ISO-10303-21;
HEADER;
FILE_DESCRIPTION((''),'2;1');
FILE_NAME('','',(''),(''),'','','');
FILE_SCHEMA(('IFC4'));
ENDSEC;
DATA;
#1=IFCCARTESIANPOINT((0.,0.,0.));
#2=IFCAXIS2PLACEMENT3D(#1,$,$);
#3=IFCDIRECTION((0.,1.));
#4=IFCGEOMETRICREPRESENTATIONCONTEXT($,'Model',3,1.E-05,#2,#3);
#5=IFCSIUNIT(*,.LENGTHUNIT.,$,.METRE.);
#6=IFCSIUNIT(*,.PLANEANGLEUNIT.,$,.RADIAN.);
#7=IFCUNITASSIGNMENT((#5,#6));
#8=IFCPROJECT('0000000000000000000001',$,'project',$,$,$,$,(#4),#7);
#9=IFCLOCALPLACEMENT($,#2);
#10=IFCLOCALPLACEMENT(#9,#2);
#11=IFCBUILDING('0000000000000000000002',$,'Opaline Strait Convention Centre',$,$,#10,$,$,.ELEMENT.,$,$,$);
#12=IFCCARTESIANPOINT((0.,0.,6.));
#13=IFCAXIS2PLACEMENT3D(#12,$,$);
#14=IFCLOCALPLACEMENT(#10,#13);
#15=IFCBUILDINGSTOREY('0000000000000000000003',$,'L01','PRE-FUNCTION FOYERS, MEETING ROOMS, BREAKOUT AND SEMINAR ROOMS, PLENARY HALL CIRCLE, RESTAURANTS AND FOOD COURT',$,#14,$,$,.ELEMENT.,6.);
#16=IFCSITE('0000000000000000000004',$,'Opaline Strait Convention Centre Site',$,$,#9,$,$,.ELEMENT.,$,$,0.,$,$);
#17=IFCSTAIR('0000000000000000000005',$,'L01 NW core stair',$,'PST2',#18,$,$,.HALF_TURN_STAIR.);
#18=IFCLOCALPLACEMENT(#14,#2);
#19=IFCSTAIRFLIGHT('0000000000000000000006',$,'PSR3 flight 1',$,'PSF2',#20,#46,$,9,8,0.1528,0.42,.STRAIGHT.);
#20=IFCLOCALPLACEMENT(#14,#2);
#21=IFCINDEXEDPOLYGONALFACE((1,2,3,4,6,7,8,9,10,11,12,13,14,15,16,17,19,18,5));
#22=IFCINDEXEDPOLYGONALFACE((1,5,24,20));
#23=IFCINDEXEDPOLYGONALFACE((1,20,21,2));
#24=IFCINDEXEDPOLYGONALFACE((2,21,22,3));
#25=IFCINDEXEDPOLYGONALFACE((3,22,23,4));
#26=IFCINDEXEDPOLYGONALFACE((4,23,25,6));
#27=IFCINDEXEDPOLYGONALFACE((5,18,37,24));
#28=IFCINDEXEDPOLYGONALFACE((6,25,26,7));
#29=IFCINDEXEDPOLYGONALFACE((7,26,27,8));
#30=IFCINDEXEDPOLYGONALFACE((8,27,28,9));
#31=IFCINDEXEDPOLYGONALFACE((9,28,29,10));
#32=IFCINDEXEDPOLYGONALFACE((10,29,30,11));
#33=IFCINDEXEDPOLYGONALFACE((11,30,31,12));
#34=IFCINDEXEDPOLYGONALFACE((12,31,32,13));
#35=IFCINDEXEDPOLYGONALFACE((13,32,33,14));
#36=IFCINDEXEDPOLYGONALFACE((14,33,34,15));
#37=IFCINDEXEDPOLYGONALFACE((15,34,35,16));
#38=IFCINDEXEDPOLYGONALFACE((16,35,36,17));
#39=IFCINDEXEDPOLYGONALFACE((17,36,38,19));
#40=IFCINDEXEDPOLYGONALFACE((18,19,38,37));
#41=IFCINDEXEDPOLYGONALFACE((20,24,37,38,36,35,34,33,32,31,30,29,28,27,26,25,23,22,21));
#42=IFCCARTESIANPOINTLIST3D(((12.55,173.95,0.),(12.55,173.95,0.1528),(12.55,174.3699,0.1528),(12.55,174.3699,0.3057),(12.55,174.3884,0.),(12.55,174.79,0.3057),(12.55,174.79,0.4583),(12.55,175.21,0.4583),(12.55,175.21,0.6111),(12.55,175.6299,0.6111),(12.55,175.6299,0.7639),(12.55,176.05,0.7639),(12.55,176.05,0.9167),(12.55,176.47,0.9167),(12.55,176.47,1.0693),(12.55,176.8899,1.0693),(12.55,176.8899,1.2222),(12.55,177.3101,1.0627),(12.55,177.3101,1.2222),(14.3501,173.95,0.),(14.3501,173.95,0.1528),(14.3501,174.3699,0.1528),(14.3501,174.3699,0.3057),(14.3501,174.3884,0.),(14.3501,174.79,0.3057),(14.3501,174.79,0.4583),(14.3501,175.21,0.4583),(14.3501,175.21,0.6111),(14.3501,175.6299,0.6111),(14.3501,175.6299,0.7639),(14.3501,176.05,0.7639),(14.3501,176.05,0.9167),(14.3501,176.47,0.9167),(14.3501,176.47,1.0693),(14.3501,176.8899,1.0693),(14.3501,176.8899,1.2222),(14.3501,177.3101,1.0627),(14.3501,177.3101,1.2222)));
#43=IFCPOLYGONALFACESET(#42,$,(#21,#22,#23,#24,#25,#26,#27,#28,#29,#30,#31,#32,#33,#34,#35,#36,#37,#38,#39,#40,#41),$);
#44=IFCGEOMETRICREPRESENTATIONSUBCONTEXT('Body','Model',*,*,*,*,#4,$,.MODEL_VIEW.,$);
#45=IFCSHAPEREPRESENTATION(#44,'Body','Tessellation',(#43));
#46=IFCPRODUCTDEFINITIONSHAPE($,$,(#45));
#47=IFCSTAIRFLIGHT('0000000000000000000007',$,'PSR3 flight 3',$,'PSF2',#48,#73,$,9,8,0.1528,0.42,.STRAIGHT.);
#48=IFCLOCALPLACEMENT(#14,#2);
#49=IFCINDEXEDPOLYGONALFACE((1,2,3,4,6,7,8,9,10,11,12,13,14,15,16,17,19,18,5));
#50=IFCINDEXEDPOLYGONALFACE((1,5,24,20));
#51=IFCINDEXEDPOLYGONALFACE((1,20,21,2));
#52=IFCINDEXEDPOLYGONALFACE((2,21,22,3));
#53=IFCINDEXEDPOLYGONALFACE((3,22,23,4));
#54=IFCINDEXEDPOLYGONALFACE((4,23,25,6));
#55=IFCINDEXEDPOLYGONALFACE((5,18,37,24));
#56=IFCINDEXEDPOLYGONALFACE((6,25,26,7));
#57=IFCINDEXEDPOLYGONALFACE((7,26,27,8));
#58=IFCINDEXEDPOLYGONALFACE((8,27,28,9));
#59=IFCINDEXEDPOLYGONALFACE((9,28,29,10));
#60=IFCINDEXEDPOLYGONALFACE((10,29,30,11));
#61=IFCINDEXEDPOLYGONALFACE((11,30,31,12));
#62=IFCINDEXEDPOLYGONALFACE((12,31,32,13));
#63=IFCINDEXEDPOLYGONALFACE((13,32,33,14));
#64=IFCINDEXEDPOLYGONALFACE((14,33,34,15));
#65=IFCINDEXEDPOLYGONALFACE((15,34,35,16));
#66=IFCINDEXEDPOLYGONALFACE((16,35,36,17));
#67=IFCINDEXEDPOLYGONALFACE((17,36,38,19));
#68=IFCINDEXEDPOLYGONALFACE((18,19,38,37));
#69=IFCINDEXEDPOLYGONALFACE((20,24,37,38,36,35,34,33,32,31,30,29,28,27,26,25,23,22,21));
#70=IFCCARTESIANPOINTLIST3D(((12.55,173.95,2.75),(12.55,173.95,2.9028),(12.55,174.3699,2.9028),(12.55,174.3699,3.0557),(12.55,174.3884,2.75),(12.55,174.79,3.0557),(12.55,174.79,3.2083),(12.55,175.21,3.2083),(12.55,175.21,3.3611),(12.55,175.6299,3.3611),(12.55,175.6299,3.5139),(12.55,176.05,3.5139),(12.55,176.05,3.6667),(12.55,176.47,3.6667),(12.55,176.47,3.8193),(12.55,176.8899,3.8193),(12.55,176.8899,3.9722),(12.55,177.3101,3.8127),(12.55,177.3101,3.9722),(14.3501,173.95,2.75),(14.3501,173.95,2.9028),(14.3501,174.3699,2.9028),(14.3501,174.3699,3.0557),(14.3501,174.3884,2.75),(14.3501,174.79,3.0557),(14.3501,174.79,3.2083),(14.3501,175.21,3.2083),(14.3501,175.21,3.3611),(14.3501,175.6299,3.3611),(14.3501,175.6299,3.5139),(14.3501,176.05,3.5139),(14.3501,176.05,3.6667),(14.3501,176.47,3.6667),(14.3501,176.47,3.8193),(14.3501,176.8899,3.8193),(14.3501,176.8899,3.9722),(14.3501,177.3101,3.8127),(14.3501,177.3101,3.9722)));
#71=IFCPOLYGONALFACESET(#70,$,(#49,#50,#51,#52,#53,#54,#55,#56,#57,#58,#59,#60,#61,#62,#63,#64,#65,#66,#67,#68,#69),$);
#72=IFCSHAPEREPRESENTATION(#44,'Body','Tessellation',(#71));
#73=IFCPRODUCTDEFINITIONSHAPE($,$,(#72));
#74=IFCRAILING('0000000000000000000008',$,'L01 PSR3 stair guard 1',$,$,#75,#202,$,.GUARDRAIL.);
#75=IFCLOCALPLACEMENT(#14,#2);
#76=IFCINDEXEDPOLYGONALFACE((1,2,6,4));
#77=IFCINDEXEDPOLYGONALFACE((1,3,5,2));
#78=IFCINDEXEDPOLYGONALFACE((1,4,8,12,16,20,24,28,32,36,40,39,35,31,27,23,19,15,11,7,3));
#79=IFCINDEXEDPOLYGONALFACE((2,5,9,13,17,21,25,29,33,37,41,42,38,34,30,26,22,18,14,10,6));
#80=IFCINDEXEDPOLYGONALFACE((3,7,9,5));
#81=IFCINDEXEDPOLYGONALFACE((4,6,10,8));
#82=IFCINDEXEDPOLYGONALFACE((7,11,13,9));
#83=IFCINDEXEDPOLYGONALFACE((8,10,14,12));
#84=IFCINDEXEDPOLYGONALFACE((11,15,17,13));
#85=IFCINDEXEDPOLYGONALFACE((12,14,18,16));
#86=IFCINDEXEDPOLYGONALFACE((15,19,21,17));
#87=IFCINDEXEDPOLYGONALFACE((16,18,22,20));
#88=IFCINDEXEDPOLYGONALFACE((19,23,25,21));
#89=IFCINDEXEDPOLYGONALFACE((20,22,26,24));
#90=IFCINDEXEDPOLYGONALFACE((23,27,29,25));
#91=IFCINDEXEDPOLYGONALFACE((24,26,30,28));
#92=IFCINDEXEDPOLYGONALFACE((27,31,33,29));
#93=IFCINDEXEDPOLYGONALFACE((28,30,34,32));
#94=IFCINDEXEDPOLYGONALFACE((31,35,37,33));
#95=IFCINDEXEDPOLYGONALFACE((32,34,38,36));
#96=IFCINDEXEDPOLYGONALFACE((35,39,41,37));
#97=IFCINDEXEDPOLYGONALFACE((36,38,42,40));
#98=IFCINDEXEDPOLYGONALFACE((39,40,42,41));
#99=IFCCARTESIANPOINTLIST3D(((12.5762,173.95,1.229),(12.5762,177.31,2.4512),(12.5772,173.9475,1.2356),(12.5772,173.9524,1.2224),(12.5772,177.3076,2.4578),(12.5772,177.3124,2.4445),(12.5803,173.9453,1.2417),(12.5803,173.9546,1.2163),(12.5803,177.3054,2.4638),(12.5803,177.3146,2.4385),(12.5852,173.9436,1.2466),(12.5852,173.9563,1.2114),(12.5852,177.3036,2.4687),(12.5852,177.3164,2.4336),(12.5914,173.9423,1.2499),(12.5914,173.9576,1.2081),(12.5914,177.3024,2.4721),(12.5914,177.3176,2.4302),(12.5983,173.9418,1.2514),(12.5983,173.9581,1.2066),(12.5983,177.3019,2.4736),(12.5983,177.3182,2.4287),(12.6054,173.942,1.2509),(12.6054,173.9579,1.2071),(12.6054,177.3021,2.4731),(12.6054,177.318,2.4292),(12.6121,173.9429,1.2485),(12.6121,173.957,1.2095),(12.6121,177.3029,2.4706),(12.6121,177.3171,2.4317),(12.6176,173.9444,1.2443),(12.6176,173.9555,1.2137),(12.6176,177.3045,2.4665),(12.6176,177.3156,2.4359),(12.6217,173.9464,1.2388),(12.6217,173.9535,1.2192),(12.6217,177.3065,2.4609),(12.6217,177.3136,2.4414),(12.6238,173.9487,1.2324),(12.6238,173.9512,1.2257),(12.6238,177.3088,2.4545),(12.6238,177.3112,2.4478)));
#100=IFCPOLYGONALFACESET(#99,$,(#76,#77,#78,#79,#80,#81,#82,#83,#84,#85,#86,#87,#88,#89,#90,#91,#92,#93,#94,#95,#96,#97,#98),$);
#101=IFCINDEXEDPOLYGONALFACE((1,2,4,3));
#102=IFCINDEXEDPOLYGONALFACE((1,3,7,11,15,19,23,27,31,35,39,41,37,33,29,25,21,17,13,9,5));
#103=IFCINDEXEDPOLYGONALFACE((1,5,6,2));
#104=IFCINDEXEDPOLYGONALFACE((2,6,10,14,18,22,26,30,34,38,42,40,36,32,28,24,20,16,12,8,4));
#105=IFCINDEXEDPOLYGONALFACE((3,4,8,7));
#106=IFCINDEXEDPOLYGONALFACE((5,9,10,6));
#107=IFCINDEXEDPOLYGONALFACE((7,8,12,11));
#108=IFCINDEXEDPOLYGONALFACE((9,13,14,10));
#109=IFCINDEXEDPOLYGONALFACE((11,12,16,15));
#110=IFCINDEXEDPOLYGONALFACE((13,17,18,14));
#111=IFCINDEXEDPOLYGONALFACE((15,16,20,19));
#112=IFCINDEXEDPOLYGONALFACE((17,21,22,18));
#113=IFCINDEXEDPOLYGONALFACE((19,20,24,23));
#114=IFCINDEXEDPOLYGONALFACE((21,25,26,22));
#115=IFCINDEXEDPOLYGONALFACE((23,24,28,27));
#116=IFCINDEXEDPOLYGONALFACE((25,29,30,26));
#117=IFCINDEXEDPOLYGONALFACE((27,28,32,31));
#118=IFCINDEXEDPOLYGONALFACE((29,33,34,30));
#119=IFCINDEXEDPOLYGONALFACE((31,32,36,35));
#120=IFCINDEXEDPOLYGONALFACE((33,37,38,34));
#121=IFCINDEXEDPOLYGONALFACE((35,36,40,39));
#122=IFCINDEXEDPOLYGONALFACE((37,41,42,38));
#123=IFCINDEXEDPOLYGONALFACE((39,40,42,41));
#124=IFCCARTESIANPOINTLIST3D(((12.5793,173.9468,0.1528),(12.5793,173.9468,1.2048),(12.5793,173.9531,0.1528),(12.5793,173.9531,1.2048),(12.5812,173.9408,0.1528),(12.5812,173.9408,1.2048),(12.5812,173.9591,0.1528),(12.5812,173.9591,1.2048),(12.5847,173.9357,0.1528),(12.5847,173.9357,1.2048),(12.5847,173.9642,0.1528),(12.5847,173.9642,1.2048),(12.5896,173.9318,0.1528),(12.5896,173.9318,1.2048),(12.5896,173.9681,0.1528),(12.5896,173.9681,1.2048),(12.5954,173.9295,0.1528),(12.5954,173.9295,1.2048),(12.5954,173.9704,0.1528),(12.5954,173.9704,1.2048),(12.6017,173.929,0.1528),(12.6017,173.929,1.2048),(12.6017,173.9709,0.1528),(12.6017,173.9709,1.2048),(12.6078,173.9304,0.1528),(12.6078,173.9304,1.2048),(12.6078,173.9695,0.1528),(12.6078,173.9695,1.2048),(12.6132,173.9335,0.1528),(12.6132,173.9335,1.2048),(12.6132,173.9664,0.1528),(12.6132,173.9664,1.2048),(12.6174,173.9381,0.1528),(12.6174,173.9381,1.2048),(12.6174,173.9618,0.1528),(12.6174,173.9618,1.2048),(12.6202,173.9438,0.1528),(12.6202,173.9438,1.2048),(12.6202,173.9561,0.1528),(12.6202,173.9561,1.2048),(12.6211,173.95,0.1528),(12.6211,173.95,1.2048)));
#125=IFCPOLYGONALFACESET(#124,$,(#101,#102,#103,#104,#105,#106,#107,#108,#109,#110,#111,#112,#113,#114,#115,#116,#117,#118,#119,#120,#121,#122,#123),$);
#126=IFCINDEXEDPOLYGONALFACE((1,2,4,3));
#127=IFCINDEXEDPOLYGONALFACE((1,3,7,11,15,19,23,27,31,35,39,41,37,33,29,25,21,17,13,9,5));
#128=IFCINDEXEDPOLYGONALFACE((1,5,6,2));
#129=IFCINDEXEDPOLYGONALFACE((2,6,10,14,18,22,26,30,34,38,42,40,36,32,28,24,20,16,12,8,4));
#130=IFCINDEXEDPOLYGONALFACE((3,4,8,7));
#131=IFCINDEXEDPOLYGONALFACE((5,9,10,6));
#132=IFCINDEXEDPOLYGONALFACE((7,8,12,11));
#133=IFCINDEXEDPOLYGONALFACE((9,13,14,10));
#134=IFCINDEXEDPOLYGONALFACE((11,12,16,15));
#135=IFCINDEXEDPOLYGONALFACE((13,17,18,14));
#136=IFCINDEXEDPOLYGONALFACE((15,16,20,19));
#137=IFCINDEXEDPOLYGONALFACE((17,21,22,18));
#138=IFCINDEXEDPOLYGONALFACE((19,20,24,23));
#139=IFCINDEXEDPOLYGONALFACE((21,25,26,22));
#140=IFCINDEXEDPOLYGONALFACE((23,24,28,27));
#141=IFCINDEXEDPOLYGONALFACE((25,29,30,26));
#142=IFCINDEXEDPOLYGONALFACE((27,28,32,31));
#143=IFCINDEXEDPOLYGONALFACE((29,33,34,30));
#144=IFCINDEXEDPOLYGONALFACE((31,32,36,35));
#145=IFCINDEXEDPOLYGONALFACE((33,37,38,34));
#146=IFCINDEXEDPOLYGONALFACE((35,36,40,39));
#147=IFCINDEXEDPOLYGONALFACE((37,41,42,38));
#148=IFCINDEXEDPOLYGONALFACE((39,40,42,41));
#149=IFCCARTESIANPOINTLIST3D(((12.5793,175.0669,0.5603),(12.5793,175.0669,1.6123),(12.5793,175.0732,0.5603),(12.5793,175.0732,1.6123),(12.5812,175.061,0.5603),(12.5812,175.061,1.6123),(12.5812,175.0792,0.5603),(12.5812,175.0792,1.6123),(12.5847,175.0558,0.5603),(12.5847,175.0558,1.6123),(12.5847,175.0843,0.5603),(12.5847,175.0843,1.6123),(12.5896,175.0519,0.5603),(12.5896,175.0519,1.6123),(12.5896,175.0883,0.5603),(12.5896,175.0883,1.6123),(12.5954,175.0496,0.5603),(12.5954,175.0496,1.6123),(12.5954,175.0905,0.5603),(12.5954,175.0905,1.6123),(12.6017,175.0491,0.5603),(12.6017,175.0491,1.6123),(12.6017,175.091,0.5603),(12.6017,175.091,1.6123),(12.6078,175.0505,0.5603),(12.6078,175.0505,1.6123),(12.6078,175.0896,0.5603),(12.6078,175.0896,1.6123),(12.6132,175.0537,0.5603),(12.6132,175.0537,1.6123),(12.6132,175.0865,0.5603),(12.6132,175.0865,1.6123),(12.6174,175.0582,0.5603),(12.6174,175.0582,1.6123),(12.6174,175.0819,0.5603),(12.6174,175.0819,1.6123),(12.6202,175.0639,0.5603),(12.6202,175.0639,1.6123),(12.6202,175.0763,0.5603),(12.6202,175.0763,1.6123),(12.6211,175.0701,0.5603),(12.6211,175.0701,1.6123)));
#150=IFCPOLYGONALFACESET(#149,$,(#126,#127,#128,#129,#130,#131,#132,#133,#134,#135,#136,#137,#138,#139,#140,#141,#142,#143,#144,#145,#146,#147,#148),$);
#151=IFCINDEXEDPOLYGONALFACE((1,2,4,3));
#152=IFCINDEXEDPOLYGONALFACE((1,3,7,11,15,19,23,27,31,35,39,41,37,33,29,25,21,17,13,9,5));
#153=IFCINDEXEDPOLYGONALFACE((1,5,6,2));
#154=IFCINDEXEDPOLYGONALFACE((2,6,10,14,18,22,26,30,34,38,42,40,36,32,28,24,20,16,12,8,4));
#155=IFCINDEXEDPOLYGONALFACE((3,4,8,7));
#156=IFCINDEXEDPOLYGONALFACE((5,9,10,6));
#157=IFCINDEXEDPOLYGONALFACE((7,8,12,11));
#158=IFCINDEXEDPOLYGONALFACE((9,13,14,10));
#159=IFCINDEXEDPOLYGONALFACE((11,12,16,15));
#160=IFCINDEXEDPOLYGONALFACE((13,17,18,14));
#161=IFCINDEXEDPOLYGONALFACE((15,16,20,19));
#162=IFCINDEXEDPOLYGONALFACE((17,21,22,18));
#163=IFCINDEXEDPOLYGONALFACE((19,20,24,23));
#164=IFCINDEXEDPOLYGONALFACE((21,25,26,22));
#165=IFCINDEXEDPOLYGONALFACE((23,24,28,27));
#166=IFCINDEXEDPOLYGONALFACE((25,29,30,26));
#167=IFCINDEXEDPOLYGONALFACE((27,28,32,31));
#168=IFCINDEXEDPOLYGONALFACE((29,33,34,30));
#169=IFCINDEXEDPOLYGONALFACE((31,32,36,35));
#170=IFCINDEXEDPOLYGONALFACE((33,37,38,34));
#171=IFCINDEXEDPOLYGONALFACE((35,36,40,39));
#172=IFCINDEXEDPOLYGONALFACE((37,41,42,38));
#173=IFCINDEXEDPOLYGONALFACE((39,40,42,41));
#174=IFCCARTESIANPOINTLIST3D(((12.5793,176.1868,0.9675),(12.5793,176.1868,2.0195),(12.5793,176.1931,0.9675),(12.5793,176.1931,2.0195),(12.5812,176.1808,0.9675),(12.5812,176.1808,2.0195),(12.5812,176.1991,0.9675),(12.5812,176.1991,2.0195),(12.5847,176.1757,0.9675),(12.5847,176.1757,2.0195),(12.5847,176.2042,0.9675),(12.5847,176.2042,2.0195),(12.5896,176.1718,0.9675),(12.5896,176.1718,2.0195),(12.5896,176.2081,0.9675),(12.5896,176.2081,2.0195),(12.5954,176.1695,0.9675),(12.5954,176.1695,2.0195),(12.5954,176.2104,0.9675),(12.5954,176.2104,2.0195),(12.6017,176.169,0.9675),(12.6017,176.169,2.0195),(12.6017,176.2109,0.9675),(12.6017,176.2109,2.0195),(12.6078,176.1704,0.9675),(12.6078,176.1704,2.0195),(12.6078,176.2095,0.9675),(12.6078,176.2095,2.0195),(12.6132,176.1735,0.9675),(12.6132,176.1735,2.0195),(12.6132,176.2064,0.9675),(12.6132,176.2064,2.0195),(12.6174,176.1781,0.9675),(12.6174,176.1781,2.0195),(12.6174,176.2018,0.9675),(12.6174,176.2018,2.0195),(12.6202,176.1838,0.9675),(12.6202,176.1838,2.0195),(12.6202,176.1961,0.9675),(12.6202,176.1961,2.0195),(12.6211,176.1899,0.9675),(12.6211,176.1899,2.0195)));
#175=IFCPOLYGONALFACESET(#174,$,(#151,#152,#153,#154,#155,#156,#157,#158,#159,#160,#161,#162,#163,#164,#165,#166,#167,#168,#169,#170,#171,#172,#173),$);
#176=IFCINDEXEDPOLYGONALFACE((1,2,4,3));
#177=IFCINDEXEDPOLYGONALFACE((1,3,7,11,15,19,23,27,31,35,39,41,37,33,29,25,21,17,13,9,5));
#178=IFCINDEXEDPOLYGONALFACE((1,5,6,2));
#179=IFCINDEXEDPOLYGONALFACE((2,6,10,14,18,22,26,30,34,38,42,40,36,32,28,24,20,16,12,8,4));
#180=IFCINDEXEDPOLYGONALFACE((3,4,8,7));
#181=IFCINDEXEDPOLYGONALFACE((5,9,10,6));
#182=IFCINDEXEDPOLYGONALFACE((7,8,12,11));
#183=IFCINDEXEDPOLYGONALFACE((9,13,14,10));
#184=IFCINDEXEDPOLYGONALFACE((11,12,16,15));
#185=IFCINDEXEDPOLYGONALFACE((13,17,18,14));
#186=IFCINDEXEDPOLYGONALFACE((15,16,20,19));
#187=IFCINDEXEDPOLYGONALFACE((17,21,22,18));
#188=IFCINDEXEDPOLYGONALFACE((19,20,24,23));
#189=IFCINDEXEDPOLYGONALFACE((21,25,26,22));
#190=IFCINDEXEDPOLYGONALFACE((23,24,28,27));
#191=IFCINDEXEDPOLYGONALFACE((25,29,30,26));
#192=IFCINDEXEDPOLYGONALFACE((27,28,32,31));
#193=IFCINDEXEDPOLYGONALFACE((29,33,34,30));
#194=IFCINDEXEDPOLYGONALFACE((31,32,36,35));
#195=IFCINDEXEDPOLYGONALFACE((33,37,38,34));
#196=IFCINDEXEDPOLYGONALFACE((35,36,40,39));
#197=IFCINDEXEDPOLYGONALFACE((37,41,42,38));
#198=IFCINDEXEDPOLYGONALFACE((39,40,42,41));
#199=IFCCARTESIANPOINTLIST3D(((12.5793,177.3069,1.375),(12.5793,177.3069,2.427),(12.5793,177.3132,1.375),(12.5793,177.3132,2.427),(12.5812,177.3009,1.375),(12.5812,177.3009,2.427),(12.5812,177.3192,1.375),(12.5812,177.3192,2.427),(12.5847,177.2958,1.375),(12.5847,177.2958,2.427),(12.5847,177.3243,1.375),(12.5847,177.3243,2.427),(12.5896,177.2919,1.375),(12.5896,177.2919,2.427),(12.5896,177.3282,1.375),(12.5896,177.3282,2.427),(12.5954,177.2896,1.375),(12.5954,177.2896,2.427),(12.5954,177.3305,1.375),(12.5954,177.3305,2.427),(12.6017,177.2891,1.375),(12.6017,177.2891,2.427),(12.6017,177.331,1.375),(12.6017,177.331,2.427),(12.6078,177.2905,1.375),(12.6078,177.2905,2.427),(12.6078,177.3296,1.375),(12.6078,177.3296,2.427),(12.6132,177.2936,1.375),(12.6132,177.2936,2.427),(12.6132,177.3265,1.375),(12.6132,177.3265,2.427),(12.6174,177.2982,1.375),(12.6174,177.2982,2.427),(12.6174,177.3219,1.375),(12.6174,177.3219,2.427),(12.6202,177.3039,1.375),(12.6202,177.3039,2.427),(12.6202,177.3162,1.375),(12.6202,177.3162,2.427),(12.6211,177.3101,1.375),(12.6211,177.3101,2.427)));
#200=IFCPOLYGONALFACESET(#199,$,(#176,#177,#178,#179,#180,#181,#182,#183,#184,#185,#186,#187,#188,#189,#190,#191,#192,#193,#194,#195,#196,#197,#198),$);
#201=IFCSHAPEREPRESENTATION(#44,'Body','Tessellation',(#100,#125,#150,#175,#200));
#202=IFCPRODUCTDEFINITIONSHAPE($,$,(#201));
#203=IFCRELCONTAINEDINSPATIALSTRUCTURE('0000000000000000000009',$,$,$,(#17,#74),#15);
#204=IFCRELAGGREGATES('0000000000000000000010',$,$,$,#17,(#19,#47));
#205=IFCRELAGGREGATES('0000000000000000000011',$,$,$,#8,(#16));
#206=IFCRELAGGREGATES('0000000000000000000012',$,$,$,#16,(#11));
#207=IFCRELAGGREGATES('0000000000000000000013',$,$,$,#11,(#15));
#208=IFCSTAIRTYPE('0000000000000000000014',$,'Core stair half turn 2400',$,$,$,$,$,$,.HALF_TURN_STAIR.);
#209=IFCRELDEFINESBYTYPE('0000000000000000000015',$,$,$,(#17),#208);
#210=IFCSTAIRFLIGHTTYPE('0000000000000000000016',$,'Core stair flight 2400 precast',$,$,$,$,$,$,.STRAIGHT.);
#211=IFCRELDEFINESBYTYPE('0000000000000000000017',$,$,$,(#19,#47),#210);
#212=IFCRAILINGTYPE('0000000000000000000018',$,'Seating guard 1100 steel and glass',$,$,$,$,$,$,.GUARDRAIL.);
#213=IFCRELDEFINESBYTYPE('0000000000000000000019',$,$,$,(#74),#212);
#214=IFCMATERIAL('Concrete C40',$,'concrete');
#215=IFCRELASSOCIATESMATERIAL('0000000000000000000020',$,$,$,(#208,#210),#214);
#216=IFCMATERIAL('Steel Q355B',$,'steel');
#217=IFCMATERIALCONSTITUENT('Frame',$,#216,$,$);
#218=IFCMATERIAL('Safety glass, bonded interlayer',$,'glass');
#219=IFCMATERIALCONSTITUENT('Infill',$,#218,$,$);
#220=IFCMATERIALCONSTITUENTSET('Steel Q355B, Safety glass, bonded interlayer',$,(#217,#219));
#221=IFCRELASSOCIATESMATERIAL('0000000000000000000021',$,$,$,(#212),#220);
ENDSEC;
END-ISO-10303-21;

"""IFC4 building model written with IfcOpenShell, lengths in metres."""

from ifc_helpers import new_model, si_unit, direction, frame, origin, origin_2d, place, context, subcontext, project, spatial, polyline, circle, outline, extrude, material, constituent, constituent_set, type_object, element, aggregate, save


model = new_model("IFC4")

# Units and contexts
model_context = context("Model", 3, precision=1e-05, world=origin(), true_north=direction((0.0, 1.0)))
body_context = subcontext(model_context, "Body", "Model", "MODEL_VIEW")
ifc_project = project(units=[si_unit("LENGTHUNIT", "METRE"), si_unit("PLANEANGLEUNIT", "RADIAN")], contexts=[model_context])

# Site, building, storey
site_placement = place(None, origin())
site = spatial("IfcSite", under=ifc_project, at=site_placement, Name="Opaline Strait Convention Centre Site", CompositionType="ELEMENT", RefElevation=0.0)
building_placement = place(site_placement, origin())
building = spatial("IfcBuilding", under=site, at=building_placement, Name="Opaline Strait Convention Centre", CompositionType="ELEMENT")
storey_placement = place(building_placement, frame((0.0, 0.0, 6.0)))
storey = spatial("IfcBuildingStorey", under=building, at=storey_placement, Name="L01", Description="PRE-FUNCTION FOYERS, MEETING ROOMS, BREAKOUT AND SEMINAR ROOMS, PLENARY HALL CIRCLE, RESTAURANTS AND FOOD COURT", CompositionType="ELEMENT", Elevation=6.0)

# Shared definitions
ifc_material_1 = material(Name="Concrete C40", Category="concrete")

# Stair, stair flights
stair_type = type_object("IfcStairType", Name="Core stair half turn 2400", PredefinedType="HALF_TURN_STAIR", material=ifc_material_1)
stair_placement = place(storey_placement, origin())
stair = element("IfcStair", 1, at=stair_placement, inside=storey, type_object=stair_type, Name="L01 NW core stair", ObjectType="PST2", PredefinedType="HALF_TURN_STAIR")
stair_flight_type = type_object("IfcStairFlightType", Name="Core stair flight 2400 precast", PredefinedType="STRAIGHT", material=ifc_material_1)
stair_flight_1_placement = place(storey_placement, frame((13.45, 173.95, 0.0), z_axis=(0.0, 0.0, 1.0), x_axis=(0.0, 1.0, 0.0)))
stair_flight_1 = element("IfcStairFlight", 2, at=stair_flight_1_placement, type_object=stair_flight_type, Name="PSR3 flight 1", ObjectType="PSF2", NumberOfRisers=9, NumberOfTreads=8, PredefinedType="STRAIGHT", RiserHeight=0.1528, TreadLength=0.42, context=body_context, shape_type="SweptSolid", body=[
    extrude(outline(polyline([(0.0, 0.0), (0.0, 0.1528), (0.4199, 0.1528), (0.4199, 0.3057), (0.8401, 0.3057), (0.8401, 0.4583), (1.26, 0.4583), (1.26, 0.6111), (1.6799, 0.6111), (1.6799, 0.7639), (2.1001, 0.7639), (2.1001, 0.9167), (2.52, 0.9167), (2.52, 1.0693), (2.9399, 1.0693), (2.9399, 1.2222), (3.3601, 1.2222), (3.3601, 1.375), (3.3601, 1.0627), (0.4385, 0.0), (0.0, 0.0)])), frame((0.0, 0.8999, 0.0), z_axis=(0.0, -1.0, 0.0), x_axis=(1.0, 0.0, 0.0)), (0.0, 0.0, 1.0), 1.8),
])
stair_flight_2_placement = place(storey_placement, frame((13.45, 173.95, 2.75), z_axis=(0.0, 0.0, 1.0), x_axis=(0.0, 1.0, 0.0)))
stair_flight_2 = element("IfcStairFlight", 3, at=stair_flight_2_placement, type_object=stair_flight_type, Name="PSR3 flight 3", ObjectType="PSF2", NumberOfRisers=9, NumberOfTreads=8, PredefinedType="STRAIGHT", RiserHeight=0.1528, TreadLength=0.42, context=body_context, shape_type="SweptSolid", body=[
    extrude(outline(polyline([(0.0, 0.0), (0.0, 0.1528), (0.4199, 0.1528), (0.4199, 0.3057), (0.8401, 0.3057), (0.8401, 0.4583), (1.26, 0.4583), (1.26, 0.6111), (1.6799, 0.6111), (1.6799, 0.7639), (2.1001, 0.7639), (2.1001, 0.9167), (2.52, 0.9167), (2.52, 1.0693), (2.9399, 1.0693), (2.9399, 1.2222), (3.3601, 1.2222), (3.3601, 1.375), (3.3601, 1.0627), (0.4385, 0.0), (0.0, 0.0)])), frame((0.0, 0.8999, 0.0), z_axis=(0.0, -1.0, 0.0), x_axis=(1.0, 0.0, 0.0)), (0.0, 0.0, 1.0), 1.8),
])
aggregate(stair, [stair_flight_1, stair_flight_2])

# Railing
ifc_material_2 = material(Name="Steel Q355B", Category="steel")
ifc_constituent_1 = constituent(ifc_material_2, Name="Frame")
ifc_material_3 = material(Name="Safety glass, bonded interlayer", Category="glass")
ifc_constituent_2 = constituent(ifc_material_3, Name="Infill")
ifc_constituent_set = constituent_set(constituents=[ifc_constituent_1, ifc_constituent_2], Name="Steel Q355B, Safety glass, bonded interlayer")
railing_type_1 = type_object("IfcRailingType", Name="Seating guard 1100 steel and glass", PredefinedType="GUARDRAIL", material=ifc_constituent_set)
railing_1_placement = place(storey_placement, frame((12.6001, 173.95, 0.1528)))
element("IfcRailing", 4, at=railing_1_placement, inside=storey, type_object=railing_type_1, Name="L01 PSR3 stair guard 1", PredefinedType="GUARDRAIL", context=body_context, shape_type="SweptSolid", body=[
    extrude(circle(Radius=0.0239, at=origin_2d()), frame((0.0, 0.0, 1.0762), z_axis=(0.0, 0.939766, 0.34182), x_axis=(-1.0, 0.0, 0.0)), (0.0, 0.0, 1.0), 3.5754),
    extrude(circle(Radius=0.021, at=origin_2d()), origin(), (0.0, 0.0, 1.0), 1.052),
    extrude(circle(Radius=0.021, at=origin_2d()), frame((0.0, 1.1201, 0.4075)), (0.0, 0.0, 1.0), 1.052),
    extrude(circle(Radius=0.021, at=origin_2d()), frame((0.0, 2.24, 0.8147)), (0.0, 0.0, 1.0), 1.052),
    extrude(circle(Radius=0.021, at=origin_2d()), frame((0.0, 3.3601, 1.2222)), (0.0, 0.0, 1.0), 1.052),
])

save(model, "model.ifc")
